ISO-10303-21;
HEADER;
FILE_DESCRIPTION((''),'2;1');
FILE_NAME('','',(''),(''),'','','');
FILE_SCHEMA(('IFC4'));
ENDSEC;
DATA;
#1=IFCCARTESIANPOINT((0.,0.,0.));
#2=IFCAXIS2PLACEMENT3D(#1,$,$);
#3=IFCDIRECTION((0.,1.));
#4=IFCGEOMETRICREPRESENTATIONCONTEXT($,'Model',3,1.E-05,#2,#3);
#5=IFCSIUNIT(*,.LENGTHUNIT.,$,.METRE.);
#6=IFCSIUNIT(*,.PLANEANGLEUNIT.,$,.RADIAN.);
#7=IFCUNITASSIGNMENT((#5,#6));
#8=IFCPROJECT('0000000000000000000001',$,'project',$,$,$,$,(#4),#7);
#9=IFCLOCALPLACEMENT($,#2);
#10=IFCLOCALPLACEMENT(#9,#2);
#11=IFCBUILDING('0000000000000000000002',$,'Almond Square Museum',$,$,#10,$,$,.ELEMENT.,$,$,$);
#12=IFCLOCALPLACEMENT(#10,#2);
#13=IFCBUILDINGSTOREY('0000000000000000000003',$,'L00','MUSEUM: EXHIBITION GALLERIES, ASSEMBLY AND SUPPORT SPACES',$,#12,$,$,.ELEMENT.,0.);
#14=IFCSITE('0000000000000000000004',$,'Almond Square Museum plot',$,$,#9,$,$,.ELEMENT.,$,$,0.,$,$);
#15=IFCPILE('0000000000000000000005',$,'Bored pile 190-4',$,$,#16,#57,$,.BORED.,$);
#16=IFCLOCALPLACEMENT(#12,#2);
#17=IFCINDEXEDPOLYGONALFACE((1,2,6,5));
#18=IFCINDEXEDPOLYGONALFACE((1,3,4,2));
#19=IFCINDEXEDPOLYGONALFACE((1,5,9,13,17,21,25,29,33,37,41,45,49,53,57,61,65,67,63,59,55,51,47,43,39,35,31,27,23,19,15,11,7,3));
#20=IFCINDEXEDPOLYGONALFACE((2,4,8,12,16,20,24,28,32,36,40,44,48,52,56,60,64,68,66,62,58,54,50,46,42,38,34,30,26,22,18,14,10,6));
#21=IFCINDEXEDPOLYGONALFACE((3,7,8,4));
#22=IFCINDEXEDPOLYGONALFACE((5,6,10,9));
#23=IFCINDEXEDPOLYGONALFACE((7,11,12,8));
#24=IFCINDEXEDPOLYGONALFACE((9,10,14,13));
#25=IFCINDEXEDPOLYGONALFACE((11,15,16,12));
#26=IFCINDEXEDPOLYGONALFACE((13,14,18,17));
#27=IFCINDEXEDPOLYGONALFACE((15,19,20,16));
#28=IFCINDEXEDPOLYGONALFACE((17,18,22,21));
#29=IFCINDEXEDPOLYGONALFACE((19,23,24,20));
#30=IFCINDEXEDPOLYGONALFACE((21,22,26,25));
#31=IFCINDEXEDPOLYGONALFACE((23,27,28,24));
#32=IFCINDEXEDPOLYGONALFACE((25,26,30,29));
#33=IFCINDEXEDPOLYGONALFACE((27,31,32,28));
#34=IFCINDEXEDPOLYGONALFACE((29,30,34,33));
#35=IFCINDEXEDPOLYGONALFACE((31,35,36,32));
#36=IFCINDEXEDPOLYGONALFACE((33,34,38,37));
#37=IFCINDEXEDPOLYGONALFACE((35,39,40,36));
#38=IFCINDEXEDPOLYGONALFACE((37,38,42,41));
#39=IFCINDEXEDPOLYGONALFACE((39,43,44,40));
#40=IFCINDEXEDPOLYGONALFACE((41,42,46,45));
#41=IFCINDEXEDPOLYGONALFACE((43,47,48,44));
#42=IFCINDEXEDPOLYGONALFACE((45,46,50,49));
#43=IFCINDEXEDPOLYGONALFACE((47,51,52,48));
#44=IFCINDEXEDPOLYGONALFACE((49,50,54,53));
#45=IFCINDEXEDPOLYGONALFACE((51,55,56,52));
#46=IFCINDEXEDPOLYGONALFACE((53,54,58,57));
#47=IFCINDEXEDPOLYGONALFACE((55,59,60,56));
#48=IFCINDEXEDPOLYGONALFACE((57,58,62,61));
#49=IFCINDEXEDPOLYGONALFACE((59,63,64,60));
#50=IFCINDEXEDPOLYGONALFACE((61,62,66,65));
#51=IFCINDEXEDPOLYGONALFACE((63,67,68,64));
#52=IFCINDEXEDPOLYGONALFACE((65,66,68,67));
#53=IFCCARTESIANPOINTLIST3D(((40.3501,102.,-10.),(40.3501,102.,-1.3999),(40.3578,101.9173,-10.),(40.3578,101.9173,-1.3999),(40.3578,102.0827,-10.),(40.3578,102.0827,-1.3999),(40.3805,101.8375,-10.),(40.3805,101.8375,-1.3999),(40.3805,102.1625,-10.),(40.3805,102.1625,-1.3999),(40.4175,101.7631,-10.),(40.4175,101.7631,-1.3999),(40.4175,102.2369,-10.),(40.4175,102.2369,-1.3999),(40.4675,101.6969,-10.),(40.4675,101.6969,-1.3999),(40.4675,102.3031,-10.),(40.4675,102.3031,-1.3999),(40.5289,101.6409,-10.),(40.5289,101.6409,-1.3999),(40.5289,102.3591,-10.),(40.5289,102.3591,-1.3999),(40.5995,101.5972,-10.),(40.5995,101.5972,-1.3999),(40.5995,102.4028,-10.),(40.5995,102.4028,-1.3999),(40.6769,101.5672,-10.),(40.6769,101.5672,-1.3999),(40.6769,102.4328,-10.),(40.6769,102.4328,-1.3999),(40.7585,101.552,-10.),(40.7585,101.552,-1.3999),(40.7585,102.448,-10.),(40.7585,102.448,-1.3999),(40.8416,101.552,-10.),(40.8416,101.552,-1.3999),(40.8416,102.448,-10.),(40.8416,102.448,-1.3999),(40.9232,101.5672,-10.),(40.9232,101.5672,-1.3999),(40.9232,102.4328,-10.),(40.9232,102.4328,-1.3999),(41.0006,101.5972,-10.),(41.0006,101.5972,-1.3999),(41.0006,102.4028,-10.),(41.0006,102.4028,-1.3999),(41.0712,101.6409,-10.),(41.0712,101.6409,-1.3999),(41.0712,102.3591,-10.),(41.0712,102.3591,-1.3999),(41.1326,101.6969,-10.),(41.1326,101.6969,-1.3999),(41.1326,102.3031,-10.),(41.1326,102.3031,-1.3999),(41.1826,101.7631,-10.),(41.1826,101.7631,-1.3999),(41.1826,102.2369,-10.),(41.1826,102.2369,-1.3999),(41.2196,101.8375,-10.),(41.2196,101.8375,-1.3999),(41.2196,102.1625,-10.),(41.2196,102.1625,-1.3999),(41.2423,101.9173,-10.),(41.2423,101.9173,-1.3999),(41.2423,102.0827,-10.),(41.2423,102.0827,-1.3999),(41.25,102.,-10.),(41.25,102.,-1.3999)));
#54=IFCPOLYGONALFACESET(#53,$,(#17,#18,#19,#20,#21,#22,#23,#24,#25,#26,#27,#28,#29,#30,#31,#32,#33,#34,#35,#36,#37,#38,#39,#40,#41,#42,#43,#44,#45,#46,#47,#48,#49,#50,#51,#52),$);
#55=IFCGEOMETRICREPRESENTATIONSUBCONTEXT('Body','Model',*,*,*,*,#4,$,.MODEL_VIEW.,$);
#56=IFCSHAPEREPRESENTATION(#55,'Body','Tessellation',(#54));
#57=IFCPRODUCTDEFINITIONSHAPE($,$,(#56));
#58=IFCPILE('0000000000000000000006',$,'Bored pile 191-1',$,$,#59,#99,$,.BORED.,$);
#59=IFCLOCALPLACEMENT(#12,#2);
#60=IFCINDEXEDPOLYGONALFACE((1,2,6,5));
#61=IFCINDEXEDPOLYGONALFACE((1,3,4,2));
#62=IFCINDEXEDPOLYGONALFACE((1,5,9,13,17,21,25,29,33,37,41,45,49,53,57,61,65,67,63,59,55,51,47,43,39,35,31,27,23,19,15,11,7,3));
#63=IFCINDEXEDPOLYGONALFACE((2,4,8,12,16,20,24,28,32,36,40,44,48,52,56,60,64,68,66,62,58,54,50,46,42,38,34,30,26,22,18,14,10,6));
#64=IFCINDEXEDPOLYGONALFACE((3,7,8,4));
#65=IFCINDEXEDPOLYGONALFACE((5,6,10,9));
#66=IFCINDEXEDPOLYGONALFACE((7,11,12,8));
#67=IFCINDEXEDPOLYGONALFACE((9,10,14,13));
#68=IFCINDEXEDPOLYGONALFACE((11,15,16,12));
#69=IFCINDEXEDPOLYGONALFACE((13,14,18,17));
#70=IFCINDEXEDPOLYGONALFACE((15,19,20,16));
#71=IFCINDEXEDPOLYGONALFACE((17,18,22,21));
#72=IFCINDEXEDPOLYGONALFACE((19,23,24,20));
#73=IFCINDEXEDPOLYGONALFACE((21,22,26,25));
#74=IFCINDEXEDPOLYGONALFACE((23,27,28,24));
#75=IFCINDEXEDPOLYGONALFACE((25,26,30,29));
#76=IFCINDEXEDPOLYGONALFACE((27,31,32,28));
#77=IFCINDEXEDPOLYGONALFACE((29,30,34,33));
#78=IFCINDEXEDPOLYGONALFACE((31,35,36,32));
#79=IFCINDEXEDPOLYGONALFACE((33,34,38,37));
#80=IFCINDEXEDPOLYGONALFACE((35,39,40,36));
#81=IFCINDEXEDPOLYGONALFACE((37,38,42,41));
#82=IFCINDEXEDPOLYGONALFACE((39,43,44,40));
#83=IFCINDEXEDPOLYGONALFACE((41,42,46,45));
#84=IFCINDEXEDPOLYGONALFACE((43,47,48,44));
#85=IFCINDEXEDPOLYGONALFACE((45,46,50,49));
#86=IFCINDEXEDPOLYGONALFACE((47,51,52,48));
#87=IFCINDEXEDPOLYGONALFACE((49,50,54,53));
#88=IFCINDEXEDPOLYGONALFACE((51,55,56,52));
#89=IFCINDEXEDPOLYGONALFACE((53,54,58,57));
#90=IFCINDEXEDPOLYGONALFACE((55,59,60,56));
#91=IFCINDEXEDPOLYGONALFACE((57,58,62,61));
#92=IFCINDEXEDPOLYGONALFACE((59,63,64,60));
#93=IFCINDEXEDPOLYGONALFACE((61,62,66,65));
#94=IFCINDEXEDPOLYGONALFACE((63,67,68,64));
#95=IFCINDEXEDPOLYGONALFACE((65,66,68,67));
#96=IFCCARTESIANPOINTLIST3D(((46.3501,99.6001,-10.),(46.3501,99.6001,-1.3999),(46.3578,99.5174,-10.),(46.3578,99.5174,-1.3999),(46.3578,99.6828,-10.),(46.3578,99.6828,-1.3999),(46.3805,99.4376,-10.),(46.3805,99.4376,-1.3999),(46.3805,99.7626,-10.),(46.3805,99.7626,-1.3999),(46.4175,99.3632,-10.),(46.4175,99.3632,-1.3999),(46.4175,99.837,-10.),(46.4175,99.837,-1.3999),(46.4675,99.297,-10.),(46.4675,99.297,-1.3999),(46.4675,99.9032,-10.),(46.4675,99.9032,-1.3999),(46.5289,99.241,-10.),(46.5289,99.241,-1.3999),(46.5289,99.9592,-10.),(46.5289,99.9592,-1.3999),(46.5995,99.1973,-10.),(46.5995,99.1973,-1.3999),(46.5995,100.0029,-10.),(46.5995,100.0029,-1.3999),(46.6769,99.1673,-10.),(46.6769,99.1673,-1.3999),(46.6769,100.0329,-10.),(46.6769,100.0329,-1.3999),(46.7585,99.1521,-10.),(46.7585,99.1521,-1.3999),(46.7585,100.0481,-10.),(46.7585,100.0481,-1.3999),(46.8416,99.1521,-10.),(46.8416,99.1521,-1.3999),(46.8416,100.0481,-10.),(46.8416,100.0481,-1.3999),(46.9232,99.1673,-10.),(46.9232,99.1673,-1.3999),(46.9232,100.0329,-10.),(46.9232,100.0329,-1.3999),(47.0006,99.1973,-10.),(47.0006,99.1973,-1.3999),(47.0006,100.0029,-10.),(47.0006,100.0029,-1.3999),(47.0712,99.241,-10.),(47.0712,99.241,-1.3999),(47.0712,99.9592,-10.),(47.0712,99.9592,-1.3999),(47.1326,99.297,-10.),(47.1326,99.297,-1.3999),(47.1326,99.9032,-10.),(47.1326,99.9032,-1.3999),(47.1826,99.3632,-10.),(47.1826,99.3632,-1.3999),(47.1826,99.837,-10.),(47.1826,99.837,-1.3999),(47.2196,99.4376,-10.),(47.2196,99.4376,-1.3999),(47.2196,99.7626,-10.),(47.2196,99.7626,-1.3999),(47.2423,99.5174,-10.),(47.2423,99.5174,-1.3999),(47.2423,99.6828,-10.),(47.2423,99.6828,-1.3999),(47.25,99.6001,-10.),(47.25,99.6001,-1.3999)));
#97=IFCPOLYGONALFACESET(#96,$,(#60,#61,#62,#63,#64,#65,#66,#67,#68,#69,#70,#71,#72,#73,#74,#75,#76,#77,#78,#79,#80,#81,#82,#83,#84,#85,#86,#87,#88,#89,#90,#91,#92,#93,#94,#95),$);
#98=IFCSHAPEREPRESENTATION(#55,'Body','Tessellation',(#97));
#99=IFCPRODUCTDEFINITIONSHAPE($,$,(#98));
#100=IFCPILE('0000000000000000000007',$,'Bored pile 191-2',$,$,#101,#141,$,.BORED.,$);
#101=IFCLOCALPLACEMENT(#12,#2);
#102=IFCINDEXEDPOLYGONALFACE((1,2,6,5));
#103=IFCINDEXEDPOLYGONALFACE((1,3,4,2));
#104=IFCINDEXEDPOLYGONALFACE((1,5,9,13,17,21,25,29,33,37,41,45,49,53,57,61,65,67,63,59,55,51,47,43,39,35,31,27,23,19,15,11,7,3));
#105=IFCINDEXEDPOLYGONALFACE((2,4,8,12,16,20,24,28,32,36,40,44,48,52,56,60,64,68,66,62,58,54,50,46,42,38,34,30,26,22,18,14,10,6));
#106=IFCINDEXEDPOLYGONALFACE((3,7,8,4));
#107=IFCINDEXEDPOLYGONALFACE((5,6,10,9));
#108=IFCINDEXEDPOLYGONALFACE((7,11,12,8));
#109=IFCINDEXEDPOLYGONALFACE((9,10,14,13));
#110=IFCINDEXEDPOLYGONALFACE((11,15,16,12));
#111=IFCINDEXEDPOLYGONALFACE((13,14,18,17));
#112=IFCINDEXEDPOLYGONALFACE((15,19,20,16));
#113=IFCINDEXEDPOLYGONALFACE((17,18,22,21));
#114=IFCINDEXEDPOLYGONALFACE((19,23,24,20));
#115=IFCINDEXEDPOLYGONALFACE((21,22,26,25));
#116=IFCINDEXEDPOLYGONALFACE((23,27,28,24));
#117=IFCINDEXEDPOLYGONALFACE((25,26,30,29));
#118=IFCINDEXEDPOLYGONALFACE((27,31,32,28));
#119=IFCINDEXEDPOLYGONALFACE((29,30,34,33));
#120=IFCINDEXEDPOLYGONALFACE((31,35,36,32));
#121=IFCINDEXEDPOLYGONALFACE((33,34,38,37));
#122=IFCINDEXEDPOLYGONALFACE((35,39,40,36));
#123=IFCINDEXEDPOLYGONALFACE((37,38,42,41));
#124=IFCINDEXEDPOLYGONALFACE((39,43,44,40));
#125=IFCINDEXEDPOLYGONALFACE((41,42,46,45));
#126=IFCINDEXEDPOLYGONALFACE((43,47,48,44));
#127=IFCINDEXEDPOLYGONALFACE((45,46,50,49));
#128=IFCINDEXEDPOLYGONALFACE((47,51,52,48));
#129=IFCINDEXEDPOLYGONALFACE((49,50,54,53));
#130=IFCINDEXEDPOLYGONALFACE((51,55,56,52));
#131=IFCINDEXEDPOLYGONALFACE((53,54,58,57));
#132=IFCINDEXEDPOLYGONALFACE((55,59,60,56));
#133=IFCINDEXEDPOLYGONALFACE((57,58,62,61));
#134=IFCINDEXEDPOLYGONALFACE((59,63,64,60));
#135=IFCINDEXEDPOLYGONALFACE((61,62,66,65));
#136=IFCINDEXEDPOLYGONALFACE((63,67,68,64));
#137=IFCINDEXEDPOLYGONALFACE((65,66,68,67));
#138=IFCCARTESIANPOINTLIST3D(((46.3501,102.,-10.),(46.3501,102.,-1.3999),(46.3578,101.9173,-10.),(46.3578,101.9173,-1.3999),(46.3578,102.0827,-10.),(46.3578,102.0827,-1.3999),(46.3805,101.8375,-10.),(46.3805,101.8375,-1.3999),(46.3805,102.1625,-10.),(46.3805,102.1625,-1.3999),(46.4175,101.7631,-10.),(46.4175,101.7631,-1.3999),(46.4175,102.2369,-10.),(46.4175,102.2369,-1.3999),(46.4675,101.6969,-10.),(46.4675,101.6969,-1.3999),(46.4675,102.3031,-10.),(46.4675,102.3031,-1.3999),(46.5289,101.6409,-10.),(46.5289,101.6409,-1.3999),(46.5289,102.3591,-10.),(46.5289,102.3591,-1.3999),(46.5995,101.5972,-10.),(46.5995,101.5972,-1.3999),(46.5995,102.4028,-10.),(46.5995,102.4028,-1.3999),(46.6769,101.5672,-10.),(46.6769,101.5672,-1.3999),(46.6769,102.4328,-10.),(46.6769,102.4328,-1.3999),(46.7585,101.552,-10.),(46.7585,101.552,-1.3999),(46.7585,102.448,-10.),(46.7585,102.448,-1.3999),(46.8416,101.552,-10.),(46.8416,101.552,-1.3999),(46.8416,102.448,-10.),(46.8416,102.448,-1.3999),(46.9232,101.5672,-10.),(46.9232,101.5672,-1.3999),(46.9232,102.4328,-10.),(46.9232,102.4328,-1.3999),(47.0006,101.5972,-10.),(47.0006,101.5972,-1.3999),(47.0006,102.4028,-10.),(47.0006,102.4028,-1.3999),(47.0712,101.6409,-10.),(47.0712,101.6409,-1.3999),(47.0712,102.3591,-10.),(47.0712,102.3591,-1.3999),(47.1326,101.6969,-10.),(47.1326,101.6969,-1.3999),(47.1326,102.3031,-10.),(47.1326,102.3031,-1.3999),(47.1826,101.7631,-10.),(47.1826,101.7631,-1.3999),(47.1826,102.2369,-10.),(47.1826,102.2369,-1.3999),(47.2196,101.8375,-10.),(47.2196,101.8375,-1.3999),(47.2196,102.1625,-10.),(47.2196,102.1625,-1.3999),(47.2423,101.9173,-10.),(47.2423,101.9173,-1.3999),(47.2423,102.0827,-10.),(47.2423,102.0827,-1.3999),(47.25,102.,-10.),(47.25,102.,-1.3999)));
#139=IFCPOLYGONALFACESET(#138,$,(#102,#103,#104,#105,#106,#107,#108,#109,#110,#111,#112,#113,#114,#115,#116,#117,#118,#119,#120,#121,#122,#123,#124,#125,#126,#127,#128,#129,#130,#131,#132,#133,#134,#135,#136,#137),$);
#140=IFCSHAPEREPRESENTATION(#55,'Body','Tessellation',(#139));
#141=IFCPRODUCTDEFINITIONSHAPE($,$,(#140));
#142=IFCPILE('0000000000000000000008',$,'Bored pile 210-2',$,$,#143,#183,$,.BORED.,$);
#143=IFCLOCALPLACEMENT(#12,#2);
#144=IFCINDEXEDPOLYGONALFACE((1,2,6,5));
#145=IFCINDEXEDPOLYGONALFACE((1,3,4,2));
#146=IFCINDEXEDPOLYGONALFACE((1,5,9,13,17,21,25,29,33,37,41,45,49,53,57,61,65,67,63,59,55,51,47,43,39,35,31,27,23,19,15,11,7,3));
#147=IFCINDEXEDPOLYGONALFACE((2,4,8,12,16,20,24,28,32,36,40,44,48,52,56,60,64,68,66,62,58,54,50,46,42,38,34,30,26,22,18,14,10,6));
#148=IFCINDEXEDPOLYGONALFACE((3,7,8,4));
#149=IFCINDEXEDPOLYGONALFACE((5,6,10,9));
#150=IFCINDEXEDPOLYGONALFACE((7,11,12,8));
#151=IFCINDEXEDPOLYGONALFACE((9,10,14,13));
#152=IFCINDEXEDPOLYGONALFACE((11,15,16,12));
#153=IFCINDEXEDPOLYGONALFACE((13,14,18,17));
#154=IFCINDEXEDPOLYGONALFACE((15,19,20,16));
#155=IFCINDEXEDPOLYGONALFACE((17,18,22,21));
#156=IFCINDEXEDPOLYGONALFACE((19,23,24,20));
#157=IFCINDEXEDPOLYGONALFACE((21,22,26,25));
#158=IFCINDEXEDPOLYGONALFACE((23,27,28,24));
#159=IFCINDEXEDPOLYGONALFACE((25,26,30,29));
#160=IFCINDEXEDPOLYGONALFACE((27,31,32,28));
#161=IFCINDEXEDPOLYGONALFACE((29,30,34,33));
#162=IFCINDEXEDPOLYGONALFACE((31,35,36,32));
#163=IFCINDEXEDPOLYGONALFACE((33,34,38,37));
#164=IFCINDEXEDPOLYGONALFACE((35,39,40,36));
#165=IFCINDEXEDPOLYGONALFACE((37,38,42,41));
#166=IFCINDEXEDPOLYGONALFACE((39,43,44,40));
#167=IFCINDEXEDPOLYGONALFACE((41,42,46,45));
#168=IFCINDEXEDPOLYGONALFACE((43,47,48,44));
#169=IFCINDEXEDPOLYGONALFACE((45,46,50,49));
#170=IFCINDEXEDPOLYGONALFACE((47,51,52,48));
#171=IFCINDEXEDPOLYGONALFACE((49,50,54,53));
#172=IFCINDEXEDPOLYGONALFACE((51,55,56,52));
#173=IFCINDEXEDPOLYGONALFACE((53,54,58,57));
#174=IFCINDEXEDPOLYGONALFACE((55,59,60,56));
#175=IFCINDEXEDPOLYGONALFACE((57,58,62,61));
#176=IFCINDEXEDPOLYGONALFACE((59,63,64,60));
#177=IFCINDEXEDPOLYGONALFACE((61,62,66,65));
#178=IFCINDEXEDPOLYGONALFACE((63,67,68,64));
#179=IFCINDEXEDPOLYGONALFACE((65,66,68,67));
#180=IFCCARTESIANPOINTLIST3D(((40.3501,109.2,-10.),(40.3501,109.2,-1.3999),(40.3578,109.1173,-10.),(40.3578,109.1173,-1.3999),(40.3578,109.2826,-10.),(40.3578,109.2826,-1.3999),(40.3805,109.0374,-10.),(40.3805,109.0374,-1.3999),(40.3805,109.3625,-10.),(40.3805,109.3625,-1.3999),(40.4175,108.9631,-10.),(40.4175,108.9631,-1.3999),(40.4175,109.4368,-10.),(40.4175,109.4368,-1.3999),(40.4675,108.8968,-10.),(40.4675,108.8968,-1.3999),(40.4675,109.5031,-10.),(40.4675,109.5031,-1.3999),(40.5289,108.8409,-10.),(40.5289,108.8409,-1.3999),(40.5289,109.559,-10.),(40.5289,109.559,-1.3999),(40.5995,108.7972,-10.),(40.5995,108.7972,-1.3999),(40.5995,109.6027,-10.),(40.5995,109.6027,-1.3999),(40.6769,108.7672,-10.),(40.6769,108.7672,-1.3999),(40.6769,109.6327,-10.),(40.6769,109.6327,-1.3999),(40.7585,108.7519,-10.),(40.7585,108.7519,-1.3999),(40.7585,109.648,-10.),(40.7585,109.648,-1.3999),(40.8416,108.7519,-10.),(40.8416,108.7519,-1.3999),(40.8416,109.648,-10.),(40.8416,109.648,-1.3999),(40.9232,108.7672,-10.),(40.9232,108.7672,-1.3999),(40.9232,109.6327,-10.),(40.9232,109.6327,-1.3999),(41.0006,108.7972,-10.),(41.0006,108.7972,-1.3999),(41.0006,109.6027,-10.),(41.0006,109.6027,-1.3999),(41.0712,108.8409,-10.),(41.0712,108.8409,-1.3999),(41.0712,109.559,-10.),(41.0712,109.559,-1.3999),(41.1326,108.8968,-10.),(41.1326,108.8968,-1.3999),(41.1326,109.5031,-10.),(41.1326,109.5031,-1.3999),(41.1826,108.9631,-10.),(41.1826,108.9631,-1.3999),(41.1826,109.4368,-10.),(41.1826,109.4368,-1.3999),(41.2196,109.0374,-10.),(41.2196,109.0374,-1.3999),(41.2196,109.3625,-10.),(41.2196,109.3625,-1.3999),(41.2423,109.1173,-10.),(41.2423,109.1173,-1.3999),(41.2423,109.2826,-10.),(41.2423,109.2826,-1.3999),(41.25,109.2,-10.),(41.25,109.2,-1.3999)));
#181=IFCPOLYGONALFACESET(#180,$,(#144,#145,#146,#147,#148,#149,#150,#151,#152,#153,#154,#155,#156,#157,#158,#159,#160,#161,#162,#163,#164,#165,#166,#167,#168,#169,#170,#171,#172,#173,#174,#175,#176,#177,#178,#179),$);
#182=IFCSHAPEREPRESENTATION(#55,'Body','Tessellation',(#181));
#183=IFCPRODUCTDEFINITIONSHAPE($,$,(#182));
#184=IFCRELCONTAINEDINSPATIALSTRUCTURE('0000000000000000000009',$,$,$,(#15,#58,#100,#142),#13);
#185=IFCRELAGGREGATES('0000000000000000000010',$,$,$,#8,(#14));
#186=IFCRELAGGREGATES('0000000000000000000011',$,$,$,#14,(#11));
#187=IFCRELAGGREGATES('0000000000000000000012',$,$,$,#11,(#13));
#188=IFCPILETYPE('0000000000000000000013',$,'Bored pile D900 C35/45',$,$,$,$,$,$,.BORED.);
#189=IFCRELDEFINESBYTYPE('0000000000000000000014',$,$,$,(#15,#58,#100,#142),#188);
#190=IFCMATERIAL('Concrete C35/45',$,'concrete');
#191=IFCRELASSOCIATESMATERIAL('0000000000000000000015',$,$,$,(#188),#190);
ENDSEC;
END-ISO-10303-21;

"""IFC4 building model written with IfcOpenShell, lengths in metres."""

from ifc_helpers import new_model, si_unit, direction, frame, origin, origin_2d, place, context, subcontext, project, spatial, circle, extrude, material, material_profile, profile_set, type_object, element, save


model = new_model("IFC4")

# Units and contexts
model_context = context("Model", 3, precision=1e-05, world=origin(), true_north=direction((0.0, 1.0)))
body_context = subcontext(model_context, "Body", "Model", "MODEL_VIEW")
ifc_project = project(units=[si_unit("LENGTHUNIT", "METRE"), si_unit("PLANEANGLEUNIT", "RADIAN")], contexts=[model_context])

# Site, building, storey
site_placement = place(None, origin())
site = spatial("IfcSite", under=ifc_project, at=site_placement, Name="Almond Square Museum plot", CompositionType="ELEMENT", RefElevation=0.0)
building_placement = place(site_placement, origin())
building = spatial("IfcBuilding", under=site, at=building_placement, Name="Almond Square Museum", CompositionType="ELEMENT")
storey_placement = place(building_placement, origin())
storey = spatial("IfcBuildingStorey", under=building, at=storey_placement, Name="L00", Description="MUSEUM: EXHIBITION GALLERIES, ASSEMBLY AND SUPPORT SPACES", CompositionType="ELEMENT", Elevation=0.0)

# Piles
ifc_material_1 = material(Name="Concrete C35/45", Category="concrete")
ifc_material_profile_1 = material_profile(ifc_material_1, circle(Radius=0.45, at=origin_2d()))
ifc_profile_set_1 = profile_set([ifc_material_profile_1], Name="Concrete C35/45")
pile_type = type_object("IfcPileType", Name="Bored pile D900 C35/45", PredefinedType="BORED", material=ifc_profile_set_1)
for number, where, z_axis, x_axis, name in (
    (1, (40.8, 102.0, -1.3999), (0.0, 0.0, -1.0), (1.0, 0.0, 0.0), "Bored pile 190-4"),
    (2, (46.8, 99.6001, -1.3999), (0.0, 0.0, -1.0), (1.0, 0.0, 0.0), "Bored pile 191-1"),
    (3, (46.8, 102.0, -1.3999), (0.0, 0.0, -1.0), (1.0, 0.0, 0.0), "Bored pile 191-2"),
    (4, (40.8, 109.2, -1.3999), (0.0, 0.0, -1.0), (1.0, 0.0, 0.0), "Bored pile 210-2"),
):
    element("IfcPile", number, at=place(storey_placement, frame(where, z_axis=z_axis, x_axis=x_axis)), inside=storey, type_object=pile_type, Name=name, PredefinedType="BORED", context=body_context, shape_type="SweptSolid", body=[
        extrude(circle(Radius=0.45, at=origin_2d()), origin(), (0.0, 0.0, 1.0), 8.6001),
    ])

save(model, "model.ifc")
